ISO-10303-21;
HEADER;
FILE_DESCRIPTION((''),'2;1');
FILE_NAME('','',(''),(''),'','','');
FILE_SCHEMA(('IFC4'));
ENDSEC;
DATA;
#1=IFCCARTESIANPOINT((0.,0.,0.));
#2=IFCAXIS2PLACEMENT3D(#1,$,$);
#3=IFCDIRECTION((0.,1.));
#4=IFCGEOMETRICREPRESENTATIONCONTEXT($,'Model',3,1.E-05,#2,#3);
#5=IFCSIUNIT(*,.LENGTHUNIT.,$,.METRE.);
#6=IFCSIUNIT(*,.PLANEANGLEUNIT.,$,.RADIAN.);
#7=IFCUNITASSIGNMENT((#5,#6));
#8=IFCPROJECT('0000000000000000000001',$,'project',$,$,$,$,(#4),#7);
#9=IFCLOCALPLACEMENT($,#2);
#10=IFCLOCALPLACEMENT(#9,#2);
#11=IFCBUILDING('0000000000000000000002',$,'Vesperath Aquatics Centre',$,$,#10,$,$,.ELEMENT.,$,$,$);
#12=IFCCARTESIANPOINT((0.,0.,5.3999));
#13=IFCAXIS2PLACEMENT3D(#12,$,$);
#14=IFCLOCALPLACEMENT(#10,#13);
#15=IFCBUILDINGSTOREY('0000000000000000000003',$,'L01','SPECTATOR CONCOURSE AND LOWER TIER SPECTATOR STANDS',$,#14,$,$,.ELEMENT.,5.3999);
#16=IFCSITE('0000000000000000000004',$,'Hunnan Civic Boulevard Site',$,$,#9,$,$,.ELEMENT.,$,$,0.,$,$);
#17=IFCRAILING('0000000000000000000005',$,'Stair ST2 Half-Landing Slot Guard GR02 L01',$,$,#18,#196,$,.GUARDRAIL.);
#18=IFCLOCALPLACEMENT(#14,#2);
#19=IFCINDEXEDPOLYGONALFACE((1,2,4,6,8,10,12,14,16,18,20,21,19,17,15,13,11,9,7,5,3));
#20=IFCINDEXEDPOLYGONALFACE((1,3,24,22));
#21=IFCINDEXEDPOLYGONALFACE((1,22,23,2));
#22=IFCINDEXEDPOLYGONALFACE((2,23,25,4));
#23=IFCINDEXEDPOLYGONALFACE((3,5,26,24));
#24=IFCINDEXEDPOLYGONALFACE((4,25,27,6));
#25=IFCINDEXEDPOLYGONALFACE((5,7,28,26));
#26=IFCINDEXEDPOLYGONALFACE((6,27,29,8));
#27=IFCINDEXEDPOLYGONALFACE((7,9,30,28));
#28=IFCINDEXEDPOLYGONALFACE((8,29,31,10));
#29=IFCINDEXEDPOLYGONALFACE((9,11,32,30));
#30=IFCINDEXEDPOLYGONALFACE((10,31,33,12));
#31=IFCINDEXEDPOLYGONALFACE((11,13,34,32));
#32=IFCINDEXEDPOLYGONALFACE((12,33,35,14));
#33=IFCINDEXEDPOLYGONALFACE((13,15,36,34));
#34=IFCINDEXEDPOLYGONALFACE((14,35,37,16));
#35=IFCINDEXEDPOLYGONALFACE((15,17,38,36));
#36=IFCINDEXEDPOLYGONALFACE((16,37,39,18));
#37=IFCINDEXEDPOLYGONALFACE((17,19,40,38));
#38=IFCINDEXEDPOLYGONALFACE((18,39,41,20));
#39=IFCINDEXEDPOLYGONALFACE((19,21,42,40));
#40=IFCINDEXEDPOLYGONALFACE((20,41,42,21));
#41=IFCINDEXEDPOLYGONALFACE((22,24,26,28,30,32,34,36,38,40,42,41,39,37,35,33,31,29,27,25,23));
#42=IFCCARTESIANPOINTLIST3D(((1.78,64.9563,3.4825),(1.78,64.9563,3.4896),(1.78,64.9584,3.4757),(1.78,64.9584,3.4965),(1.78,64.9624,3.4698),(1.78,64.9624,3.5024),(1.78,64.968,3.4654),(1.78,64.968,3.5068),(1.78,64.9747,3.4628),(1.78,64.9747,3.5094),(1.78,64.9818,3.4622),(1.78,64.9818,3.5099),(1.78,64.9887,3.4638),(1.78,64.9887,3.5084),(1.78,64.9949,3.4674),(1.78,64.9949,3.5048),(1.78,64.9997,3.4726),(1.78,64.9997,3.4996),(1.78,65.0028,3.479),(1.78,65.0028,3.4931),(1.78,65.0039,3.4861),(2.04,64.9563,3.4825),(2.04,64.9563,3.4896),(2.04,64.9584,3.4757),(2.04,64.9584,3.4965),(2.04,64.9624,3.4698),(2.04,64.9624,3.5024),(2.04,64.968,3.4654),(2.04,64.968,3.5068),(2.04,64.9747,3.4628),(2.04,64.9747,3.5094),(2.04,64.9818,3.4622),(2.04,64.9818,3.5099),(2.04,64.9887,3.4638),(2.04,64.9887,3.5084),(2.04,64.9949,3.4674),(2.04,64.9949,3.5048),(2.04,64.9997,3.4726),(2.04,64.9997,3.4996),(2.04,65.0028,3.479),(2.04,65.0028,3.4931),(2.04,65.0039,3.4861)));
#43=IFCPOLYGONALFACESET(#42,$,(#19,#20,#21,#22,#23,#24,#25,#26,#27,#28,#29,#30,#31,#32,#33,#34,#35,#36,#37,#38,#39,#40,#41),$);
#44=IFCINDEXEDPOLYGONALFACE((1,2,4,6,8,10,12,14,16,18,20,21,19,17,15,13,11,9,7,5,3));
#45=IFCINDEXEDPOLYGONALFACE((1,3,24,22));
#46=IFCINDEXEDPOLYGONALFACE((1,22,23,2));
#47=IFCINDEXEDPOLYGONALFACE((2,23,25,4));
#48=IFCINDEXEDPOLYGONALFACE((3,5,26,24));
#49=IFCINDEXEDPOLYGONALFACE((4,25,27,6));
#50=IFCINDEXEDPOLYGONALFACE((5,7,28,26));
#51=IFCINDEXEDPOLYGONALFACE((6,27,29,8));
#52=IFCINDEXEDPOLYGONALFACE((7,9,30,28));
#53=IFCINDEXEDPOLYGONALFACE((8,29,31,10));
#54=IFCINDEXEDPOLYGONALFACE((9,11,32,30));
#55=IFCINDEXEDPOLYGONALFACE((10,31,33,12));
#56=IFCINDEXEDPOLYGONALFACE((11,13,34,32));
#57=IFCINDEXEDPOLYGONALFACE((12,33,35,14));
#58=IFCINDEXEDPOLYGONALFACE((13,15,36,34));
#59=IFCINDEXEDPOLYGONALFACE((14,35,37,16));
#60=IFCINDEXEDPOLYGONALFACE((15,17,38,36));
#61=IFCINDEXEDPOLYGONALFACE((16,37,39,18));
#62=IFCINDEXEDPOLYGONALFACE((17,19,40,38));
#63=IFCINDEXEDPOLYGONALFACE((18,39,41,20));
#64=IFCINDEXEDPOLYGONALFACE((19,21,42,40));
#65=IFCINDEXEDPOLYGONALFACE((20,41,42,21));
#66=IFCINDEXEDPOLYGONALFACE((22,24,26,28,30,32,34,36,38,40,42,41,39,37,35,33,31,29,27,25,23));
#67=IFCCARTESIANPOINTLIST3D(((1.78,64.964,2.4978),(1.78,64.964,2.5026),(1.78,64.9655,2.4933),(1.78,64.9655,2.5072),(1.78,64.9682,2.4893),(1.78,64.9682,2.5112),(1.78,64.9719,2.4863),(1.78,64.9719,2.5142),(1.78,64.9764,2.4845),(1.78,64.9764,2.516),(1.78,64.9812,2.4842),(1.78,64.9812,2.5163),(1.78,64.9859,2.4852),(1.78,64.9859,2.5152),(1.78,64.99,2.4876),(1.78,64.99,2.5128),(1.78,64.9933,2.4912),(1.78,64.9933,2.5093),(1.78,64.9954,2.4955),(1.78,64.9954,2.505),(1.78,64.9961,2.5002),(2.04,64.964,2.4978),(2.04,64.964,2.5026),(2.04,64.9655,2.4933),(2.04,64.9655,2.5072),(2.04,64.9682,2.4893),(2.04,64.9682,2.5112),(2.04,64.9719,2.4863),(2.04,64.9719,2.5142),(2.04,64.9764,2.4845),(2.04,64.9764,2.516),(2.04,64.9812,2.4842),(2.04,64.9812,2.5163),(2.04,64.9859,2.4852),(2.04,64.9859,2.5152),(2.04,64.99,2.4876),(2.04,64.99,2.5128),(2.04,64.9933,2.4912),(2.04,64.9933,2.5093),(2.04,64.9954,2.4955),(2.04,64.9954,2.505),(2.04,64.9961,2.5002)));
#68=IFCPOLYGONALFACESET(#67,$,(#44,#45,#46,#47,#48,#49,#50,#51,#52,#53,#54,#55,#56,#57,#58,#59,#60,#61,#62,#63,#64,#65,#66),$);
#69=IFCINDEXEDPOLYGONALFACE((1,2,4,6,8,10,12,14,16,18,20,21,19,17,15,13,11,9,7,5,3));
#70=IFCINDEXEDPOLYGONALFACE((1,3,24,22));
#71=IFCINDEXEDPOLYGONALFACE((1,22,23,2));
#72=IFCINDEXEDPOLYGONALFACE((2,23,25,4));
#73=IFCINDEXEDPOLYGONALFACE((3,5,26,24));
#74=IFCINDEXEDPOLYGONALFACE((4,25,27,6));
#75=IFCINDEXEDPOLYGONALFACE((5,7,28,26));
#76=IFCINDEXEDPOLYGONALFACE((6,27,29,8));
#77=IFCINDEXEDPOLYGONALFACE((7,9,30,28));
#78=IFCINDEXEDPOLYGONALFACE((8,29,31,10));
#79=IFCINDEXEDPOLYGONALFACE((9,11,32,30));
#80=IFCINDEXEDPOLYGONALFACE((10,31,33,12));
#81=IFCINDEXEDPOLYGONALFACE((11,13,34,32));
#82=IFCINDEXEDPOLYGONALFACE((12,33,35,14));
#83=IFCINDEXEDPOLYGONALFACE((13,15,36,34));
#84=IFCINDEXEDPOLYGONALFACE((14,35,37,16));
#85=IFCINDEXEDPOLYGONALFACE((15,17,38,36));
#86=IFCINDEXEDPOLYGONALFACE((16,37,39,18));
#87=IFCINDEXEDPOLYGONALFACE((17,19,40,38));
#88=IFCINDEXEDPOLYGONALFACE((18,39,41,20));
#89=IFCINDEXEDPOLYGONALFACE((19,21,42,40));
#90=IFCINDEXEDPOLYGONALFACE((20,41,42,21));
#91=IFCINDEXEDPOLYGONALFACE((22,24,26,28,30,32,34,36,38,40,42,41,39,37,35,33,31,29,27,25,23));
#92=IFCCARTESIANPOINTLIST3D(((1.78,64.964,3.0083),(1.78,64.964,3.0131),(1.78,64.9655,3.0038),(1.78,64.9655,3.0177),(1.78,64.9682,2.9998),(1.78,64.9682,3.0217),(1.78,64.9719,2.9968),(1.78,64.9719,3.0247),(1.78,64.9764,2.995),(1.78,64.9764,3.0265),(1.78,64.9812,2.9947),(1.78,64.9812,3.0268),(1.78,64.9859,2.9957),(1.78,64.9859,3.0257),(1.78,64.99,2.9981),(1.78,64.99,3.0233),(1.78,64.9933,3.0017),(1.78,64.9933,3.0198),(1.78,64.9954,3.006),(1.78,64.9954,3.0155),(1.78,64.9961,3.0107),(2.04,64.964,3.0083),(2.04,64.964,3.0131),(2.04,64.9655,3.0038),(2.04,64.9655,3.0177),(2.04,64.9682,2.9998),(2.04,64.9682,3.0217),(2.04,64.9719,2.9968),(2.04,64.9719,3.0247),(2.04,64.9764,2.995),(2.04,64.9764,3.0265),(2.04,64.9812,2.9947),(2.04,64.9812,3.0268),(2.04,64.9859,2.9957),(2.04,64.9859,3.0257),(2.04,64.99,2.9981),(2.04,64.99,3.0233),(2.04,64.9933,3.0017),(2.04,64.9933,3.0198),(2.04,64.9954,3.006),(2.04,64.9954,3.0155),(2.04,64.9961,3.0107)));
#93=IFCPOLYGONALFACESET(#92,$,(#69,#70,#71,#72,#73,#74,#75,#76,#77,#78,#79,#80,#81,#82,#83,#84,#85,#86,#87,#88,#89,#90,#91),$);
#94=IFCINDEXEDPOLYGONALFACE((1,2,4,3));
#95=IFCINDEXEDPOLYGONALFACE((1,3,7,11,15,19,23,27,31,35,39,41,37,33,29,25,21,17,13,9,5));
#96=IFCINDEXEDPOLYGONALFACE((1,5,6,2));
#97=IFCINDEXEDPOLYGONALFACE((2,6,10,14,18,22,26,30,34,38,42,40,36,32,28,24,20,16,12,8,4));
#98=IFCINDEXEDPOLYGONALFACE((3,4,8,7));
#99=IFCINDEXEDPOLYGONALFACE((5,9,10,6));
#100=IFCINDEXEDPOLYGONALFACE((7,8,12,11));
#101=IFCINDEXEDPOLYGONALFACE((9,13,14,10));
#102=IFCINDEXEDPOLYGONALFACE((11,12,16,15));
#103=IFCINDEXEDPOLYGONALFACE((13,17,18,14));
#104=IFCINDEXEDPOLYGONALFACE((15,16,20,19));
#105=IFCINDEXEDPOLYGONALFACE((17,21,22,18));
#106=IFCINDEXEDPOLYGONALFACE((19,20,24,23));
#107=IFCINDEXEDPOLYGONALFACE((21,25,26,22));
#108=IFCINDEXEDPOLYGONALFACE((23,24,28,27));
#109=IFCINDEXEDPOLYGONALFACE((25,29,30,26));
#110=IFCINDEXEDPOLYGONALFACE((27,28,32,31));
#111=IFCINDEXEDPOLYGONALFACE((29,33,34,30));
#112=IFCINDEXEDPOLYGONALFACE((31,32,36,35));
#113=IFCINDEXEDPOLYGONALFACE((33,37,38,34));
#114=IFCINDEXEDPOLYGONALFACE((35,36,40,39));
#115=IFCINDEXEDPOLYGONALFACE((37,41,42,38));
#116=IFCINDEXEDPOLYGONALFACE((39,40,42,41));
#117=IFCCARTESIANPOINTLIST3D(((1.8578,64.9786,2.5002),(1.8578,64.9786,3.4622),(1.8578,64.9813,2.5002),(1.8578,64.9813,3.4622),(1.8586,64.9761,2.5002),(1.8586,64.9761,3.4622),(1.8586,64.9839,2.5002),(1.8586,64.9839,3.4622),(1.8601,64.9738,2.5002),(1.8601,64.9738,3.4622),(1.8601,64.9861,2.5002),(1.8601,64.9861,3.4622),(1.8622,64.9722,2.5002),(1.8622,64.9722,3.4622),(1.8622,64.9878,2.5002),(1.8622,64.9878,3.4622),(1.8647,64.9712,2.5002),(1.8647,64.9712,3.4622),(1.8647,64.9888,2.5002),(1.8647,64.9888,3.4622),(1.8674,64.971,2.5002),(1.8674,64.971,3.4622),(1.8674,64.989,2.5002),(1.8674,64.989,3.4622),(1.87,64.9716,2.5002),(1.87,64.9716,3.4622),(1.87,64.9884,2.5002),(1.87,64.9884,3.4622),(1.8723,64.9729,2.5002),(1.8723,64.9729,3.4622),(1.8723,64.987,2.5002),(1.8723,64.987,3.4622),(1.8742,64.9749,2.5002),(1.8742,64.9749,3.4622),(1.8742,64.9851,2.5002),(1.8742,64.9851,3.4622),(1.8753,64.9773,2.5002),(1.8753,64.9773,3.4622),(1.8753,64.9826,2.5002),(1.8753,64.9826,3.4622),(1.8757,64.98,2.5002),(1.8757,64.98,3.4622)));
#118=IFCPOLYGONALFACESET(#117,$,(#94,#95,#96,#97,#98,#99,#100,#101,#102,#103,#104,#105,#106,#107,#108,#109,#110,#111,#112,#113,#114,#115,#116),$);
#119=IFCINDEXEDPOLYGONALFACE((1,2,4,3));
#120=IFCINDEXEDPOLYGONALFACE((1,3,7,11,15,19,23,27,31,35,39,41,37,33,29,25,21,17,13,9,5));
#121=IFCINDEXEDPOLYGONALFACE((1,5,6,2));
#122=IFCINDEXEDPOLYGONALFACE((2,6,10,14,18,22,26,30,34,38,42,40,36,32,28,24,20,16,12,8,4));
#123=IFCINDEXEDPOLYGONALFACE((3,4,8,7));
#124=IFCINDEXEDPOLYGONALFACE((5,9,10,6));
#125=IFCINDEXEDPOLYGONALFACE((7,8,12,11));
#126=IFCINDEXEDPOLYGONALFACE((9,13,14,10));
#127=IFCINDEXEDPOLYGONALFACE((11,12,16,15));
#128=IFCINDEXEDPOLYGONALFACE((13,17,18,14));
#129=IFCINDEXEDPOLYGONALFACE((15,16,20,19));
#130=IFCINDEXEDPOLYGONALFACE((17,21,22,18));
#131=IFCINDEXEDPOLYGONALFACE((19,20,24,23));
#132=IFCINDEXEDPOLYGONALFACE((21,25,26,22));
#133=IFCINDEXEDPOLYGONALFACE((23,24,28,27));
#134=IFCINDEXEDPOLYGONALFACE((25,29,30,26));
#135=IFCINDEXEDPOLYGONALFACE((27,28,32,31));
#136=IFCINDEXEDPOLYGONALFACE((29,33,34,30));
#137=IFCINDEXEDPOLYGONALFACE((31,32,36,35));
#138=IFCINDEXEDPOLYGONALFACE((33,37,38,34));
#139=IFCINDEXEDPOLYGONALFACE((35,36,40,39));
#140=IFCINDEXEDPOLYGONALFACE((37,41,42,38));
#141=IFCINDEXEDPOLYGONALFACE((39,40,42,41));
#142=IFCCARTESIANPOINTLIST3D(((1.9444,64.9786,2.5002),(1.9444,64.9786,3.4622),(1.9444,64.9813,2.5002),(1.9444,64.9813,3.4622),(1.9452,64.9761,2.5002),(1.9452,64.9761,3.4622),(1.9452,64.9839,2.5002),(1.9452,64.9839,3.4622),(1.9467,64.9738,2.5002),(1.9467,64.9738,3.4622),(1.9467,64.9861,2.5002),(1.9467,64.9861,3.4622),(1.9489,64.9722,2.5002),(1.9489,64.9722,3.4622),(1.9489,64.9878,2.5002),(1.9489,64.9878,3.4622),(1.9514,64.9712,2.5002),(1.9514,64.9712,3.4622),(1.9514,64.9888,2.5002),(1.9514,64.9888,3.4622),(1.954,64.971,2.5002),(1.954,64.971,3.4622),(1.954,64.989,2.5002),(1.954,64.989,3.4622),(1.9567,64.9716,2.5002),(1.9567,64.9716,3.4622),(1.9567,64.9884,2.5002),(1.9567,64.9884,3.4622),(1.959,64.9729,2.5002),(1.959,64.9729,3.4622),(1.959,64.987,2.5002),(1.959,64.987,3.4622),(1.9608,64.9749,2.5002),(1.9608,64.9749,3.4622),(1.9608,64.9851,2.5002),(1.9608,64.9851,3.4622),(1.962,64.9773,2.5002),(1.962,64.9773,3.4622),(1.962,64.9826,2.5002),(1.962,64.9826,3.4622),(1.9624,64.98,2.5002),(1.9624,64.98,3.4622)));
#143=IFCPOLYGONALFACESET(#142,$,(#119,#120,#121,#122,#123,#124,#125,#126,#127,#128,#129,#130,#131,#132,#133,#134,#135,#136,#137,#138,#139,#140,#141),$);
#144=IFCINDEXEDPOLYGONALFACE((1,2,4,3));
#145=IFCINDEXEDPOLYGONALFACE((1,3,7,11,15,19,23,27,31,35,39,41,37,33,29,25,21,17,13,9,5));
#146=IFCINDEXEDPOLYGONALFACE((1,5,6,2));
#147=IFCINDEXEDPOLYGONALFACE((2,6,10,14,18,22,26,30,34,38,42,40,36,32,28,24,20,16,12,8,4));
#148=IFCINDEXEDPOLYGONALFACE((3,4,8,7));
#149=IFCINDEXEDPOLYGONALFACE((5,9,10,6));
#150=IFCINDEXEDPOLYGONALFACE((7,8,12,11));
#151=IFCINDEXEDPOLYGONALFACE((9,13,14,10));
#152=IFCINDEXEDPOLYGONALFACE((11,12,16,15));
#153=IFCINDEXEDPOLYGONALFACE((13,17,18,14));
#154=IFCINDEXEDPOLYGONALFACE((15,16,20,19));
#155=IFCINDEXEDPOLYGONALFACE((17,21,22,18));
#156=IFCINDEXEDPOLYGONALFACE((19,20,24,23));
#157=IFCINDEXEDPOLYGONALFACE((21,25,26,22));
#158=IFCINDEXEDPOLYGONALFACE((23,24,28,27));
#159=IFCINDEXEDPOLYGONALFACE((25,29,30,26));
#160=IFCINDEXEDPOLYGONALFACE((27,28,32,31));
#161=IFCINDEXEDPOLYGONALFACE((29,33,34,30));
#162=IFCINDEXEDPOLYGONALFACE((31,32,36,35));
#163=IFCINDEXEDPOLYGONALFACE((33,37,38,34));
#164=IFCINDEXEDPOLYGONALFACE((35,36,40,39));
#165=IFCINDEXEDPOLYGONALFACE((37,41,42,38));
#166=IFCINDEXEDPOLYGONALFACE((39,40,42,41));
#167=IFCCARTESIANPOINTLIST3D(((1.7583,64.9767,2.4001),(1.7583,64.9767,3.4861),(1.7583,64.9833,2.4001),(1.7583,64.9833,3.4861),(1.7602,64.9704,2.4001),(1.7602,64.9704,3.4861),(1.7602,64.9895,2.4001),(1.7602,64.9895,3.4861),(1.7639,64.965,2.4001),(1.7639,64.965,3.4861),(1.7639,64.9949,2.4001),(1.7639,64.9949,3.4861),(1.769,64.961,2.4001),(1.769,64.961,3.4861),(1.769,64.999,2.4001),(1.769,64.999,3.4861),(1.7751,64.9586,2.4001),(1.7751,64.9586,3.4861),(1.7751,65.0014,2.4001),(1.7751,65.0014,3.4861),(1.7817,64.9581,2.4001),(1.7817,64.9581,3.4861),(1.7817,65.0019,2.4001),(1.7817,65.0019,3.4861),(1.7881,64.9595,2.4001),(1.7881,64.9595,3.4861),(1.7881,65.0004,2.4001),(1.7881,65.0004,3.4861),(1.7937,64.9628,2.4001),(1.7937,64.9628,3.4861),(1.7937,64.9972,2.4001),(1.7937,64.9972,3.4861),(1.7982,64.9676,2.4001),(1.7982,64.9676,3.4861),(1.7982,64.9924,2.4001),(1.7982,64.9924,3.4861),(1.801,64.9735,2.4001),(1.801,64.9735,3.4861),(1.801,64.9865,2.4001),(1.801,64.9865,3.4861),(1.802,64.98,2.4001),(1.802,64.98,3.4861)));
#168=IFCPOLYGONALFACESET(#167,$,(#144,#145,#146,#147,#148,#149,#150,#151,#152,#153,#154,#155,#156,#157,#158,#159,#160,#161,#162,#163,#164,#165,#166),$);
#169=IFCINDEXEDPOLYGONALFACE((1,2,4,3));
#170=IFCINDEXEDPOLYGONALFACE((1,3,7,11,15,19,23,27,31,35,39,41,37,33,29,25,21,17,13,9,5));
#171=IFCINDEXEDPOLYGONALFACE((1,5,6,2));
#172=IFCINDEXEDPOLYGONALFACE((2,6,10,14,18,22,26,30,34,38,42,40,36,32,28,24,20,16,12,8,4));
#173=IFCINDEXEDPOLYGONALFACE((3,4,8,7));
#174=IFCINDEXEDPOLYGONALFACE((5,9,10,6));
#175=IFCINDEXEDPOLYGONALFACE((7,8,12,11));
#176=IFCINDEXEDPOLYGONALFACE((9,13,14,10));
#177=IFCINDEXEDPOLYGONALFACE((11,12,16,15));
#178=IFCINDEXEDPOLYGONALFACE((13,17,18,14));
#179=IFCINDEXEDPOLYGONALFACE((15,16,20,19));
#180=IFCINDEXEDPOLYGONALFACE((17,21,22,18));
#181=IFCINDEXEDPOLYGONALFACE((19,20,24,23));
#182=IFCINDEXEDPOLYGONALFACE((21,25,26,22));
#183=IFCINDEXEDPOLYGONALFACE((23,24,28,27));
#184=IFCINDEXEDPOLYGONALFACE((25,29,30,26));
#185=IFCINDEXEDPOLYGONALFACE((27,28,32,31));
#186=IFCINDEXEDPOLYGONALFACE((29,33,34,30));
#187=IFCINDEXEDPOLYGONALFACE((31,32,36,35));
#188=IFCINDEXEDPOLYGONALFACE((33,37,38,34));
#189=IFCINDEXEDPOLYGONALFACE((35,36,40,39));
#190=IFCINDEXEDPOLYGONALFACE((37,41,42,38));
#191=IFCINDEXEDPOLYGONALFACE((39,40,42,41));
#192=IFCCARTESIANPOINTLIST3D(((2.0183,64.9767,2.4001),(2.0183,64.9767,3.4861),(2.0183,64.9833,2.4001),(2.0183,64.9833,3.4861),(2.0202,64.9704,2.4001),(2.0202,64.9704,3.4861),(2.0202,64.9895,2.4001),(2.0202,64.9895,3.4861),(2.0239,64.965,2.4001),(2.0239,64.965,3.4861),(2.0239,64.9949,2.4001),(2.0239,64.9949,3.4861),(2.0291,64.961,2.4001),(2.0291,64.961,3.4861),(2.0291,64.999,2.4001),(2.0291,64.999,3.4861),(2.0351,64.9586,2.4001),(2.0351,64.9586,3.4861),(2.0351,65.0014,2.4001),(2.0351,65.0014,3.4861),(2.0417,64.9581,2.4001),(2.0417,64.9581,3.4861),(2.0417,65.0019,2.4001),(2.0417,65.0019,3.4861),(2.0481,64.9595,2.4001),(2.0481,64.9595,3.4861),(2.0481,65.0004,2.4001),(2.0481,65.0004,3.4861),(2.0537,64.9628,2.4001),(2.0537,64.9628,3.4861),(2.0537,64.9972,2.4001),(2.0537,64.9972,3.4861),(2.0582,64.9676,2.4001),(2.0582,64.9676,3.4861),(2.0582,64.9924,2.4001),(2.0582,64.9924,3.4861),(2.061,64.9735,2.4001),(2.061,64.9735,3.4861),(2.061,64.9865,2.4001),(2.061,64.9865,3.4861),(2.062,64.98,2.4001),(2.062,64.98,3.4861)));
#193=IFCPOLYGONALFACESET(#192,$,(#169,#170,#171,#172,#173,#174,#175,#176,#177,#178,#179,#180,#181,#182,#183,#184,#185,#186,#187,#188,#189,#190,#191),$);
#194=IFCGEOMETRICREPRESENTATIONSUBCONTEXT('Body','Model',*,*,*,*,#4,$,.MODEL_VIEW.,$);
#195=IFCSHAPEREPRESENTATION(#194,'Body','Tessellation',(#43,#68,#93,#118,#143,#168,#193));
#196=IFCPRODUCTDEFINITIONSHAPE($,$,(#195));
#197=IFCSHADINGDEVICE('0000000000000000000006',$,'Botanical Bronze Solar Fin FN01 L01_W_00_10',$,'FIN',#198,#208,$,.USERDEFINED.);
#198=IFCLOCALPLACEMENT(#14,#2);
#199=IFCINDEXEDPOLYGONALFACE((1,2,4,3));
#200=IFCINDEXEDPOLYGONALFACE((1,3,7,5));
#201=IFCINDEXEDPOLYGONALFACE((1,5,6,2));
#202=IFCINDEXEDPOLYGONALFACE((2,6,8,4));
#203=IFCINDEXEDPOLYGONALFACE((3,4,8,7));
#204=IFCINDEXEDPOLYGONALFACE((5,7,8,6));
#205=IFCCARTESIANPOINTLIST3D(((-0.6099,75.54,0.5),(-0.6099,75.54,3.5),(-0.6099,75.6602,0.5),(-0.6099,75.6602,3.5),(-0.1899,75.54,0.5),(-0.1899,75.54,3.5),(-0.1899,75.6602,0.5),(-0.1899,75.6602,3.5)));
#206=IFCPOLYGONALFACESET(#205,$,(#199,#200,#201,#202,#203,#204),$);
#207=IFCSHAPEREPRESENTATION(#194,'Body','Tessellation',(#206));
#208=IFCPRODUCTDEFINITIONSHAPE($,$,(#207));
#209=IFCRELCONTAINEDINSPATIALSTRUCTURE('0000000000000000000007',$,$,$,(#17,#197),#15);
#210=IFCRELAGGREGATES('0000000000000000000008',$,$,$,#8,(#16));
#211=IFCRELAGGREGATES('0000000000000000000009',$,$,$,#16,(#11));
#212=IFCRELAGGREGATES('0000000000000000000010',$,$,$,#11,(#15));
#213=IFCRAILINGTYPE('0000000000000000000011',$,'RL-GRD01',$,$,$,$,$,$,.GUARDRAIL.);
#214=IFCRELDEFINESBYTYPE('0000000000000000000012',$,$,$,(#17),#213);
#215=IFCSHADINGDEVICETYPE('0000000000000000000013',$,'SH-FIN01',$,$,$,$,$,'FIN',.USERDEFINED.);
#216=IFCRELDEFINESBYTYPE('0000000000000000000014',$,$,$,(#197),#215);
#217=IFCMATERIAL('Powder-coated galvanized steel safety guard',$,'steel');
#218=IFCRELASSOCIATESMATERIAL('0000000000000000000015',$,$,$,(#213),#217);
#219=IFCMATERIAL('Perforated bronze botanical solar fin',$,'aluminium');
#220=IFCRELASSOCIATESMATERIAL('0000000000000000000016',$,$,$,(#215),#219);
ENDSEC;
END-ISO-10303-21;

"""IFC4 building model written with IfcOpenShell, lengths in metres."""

from ifc_helpers import new_model, si_unit, direction, frame, origin, origin_2d, place, context, subcontext, project, spatial, rectangle, circle, extrude, material, type_object, element, save


model = new_model("IFC4")

# Units and contexts
model_context = context("Model", 3, precision=1e-05, world=origin(), true_north=direction((0.0, 1.0)))
body_context = subcontext(model_context, "Body", "Model", "MODEL_VIEW")
ifc_project = project(units=[si_unit("LENGTHUNIT", "METRE"), si_unit("PLANEANGLEUNIT", "RADIAN")], contexts=[model_context])

# Site, building, storey
site_placement = place(None, origin())
site = spatial("IfcSite", under=ifc_project, at=site_placement, Name="Hunnan Civic Boulevard Site", CompositionType="ELEMENT", RefElevation=0.0)
building_placement = place(site_placement, origin())
building = spatial("IfcBuilding", under=site, at=building_placement, Name="Vesperath Aquatics Centre", CompositionType="ELEMENT")
storey_placement = place(building_placement, frame((0.0, 0.0, 5.3999)))
storey = spatial("IfcBuildingStorey", under=building, at=storey_placement, Name="L01", Description="SPECTATOR CONCOURSE AND LOWER TIER SPECTATOR STANDS", CompositionType="ELEMENT", Elevation=5.3999)

# Railing
ifc_material_1 = material(Name="Powder-coated galvanized steel safety guard", Category="steel")
railing_type = type_object("IfcRailingType", Name="RL-GRD01", PredefinedType="GUARDRAIL", material=ifc_material_1)
railing_1_placement = place(storey_placement, frame((1.78, 64.98, 2.4001)))
element("IfcRailing", 1, at=railing_1_placement, inside=storey, type_object=railing_type, Name="Stair ST2 Half-Landing Slot Guard GR02 L01", PredefinedType="GUARDRAIL", context=body_context, shape_type="SweptSolid", body=[
    extrude(circle(Radius=0.0239, at=origin_2d()), frame((0.0, 0.0, 1.0859), z_axis=(1.0, 0.0, 0.0), x_axis=(0.0, 1.0, 0.0)), (0.0, 0.0, 1.0), 0.26),
    extrude(circle(Radius=0.0161, at=origin_2d()), frame((0.0, 0.0, 0.1001), z_axis=(1.0, 0.0, 0.0), x_axis=(0.0, 1.0, 0.0)), (0.0, 0.0, 1.0), 0.26),
    extrude(circle(Radius=0.0161, at=origin_2d()), frame((0.0, 0.0, 0.6106), z_axis=(1.0, 0.0, 0.0), x_axis=(0.0, 1.0, 0.0)), (0.0, 0.0, 1.0), 0.26),
    extrude(circle(Radius=0.009, at=origin_2d()), frame((0.0867, 0.0, 0.1001)), (0.0, 0.0, 1.0), 0.9619),
    extrude(circle(Radius=0.009, at=origin_2d()), frame((0.1733, 0.0, 0.1001)), (0.0, 0.0, 1.0), 0.9619),
    extrude(circle(Radius=0.022, at=origin_2d()), origin(), (0.0, 0.0, 1.0), 1.0859),
    extrude(circle(Radius=0.022, at=origin_2d()), frame((0.26, 0.0, 0.0)), (0.0, 0.0, 1.0), 1.0859),
])

# Shading device
ifc_material_2 = material(Name="Perforated bronze botanical solar fin", Category="aluminium")
shading_device_type = type_object("IfcShadingDeviceType", Name="SH-FIN01", ElementType="FIN", PredefinedType="USERDEFINED", material=ifc_material_2)
shading_device_placement = place(storey_placement, frame((-0.3999, 75.6001, 0.5), z_axis=(0.0, 0.0, 1.0), x_axis=(1.0, 0.0, 0.0)))
element("IfcShadingDevice", 2, at=shading_device_placement, inside=storey, type_object=shading_device_type, Name="Botanical Bronze Solar Fin FN01 L01_W_00_10", ObjectType="FIN", PredefinedType="USERDEFINED", context=body_context, shape_type="SweptSolid", body=[
    extrude(rectangle(XDim=0.4199, YDim=0.1201, at=origin_2d()), origin(), (0.0, 0.0, 1.0), 3.0),
])

save(model, "model.ifc")
